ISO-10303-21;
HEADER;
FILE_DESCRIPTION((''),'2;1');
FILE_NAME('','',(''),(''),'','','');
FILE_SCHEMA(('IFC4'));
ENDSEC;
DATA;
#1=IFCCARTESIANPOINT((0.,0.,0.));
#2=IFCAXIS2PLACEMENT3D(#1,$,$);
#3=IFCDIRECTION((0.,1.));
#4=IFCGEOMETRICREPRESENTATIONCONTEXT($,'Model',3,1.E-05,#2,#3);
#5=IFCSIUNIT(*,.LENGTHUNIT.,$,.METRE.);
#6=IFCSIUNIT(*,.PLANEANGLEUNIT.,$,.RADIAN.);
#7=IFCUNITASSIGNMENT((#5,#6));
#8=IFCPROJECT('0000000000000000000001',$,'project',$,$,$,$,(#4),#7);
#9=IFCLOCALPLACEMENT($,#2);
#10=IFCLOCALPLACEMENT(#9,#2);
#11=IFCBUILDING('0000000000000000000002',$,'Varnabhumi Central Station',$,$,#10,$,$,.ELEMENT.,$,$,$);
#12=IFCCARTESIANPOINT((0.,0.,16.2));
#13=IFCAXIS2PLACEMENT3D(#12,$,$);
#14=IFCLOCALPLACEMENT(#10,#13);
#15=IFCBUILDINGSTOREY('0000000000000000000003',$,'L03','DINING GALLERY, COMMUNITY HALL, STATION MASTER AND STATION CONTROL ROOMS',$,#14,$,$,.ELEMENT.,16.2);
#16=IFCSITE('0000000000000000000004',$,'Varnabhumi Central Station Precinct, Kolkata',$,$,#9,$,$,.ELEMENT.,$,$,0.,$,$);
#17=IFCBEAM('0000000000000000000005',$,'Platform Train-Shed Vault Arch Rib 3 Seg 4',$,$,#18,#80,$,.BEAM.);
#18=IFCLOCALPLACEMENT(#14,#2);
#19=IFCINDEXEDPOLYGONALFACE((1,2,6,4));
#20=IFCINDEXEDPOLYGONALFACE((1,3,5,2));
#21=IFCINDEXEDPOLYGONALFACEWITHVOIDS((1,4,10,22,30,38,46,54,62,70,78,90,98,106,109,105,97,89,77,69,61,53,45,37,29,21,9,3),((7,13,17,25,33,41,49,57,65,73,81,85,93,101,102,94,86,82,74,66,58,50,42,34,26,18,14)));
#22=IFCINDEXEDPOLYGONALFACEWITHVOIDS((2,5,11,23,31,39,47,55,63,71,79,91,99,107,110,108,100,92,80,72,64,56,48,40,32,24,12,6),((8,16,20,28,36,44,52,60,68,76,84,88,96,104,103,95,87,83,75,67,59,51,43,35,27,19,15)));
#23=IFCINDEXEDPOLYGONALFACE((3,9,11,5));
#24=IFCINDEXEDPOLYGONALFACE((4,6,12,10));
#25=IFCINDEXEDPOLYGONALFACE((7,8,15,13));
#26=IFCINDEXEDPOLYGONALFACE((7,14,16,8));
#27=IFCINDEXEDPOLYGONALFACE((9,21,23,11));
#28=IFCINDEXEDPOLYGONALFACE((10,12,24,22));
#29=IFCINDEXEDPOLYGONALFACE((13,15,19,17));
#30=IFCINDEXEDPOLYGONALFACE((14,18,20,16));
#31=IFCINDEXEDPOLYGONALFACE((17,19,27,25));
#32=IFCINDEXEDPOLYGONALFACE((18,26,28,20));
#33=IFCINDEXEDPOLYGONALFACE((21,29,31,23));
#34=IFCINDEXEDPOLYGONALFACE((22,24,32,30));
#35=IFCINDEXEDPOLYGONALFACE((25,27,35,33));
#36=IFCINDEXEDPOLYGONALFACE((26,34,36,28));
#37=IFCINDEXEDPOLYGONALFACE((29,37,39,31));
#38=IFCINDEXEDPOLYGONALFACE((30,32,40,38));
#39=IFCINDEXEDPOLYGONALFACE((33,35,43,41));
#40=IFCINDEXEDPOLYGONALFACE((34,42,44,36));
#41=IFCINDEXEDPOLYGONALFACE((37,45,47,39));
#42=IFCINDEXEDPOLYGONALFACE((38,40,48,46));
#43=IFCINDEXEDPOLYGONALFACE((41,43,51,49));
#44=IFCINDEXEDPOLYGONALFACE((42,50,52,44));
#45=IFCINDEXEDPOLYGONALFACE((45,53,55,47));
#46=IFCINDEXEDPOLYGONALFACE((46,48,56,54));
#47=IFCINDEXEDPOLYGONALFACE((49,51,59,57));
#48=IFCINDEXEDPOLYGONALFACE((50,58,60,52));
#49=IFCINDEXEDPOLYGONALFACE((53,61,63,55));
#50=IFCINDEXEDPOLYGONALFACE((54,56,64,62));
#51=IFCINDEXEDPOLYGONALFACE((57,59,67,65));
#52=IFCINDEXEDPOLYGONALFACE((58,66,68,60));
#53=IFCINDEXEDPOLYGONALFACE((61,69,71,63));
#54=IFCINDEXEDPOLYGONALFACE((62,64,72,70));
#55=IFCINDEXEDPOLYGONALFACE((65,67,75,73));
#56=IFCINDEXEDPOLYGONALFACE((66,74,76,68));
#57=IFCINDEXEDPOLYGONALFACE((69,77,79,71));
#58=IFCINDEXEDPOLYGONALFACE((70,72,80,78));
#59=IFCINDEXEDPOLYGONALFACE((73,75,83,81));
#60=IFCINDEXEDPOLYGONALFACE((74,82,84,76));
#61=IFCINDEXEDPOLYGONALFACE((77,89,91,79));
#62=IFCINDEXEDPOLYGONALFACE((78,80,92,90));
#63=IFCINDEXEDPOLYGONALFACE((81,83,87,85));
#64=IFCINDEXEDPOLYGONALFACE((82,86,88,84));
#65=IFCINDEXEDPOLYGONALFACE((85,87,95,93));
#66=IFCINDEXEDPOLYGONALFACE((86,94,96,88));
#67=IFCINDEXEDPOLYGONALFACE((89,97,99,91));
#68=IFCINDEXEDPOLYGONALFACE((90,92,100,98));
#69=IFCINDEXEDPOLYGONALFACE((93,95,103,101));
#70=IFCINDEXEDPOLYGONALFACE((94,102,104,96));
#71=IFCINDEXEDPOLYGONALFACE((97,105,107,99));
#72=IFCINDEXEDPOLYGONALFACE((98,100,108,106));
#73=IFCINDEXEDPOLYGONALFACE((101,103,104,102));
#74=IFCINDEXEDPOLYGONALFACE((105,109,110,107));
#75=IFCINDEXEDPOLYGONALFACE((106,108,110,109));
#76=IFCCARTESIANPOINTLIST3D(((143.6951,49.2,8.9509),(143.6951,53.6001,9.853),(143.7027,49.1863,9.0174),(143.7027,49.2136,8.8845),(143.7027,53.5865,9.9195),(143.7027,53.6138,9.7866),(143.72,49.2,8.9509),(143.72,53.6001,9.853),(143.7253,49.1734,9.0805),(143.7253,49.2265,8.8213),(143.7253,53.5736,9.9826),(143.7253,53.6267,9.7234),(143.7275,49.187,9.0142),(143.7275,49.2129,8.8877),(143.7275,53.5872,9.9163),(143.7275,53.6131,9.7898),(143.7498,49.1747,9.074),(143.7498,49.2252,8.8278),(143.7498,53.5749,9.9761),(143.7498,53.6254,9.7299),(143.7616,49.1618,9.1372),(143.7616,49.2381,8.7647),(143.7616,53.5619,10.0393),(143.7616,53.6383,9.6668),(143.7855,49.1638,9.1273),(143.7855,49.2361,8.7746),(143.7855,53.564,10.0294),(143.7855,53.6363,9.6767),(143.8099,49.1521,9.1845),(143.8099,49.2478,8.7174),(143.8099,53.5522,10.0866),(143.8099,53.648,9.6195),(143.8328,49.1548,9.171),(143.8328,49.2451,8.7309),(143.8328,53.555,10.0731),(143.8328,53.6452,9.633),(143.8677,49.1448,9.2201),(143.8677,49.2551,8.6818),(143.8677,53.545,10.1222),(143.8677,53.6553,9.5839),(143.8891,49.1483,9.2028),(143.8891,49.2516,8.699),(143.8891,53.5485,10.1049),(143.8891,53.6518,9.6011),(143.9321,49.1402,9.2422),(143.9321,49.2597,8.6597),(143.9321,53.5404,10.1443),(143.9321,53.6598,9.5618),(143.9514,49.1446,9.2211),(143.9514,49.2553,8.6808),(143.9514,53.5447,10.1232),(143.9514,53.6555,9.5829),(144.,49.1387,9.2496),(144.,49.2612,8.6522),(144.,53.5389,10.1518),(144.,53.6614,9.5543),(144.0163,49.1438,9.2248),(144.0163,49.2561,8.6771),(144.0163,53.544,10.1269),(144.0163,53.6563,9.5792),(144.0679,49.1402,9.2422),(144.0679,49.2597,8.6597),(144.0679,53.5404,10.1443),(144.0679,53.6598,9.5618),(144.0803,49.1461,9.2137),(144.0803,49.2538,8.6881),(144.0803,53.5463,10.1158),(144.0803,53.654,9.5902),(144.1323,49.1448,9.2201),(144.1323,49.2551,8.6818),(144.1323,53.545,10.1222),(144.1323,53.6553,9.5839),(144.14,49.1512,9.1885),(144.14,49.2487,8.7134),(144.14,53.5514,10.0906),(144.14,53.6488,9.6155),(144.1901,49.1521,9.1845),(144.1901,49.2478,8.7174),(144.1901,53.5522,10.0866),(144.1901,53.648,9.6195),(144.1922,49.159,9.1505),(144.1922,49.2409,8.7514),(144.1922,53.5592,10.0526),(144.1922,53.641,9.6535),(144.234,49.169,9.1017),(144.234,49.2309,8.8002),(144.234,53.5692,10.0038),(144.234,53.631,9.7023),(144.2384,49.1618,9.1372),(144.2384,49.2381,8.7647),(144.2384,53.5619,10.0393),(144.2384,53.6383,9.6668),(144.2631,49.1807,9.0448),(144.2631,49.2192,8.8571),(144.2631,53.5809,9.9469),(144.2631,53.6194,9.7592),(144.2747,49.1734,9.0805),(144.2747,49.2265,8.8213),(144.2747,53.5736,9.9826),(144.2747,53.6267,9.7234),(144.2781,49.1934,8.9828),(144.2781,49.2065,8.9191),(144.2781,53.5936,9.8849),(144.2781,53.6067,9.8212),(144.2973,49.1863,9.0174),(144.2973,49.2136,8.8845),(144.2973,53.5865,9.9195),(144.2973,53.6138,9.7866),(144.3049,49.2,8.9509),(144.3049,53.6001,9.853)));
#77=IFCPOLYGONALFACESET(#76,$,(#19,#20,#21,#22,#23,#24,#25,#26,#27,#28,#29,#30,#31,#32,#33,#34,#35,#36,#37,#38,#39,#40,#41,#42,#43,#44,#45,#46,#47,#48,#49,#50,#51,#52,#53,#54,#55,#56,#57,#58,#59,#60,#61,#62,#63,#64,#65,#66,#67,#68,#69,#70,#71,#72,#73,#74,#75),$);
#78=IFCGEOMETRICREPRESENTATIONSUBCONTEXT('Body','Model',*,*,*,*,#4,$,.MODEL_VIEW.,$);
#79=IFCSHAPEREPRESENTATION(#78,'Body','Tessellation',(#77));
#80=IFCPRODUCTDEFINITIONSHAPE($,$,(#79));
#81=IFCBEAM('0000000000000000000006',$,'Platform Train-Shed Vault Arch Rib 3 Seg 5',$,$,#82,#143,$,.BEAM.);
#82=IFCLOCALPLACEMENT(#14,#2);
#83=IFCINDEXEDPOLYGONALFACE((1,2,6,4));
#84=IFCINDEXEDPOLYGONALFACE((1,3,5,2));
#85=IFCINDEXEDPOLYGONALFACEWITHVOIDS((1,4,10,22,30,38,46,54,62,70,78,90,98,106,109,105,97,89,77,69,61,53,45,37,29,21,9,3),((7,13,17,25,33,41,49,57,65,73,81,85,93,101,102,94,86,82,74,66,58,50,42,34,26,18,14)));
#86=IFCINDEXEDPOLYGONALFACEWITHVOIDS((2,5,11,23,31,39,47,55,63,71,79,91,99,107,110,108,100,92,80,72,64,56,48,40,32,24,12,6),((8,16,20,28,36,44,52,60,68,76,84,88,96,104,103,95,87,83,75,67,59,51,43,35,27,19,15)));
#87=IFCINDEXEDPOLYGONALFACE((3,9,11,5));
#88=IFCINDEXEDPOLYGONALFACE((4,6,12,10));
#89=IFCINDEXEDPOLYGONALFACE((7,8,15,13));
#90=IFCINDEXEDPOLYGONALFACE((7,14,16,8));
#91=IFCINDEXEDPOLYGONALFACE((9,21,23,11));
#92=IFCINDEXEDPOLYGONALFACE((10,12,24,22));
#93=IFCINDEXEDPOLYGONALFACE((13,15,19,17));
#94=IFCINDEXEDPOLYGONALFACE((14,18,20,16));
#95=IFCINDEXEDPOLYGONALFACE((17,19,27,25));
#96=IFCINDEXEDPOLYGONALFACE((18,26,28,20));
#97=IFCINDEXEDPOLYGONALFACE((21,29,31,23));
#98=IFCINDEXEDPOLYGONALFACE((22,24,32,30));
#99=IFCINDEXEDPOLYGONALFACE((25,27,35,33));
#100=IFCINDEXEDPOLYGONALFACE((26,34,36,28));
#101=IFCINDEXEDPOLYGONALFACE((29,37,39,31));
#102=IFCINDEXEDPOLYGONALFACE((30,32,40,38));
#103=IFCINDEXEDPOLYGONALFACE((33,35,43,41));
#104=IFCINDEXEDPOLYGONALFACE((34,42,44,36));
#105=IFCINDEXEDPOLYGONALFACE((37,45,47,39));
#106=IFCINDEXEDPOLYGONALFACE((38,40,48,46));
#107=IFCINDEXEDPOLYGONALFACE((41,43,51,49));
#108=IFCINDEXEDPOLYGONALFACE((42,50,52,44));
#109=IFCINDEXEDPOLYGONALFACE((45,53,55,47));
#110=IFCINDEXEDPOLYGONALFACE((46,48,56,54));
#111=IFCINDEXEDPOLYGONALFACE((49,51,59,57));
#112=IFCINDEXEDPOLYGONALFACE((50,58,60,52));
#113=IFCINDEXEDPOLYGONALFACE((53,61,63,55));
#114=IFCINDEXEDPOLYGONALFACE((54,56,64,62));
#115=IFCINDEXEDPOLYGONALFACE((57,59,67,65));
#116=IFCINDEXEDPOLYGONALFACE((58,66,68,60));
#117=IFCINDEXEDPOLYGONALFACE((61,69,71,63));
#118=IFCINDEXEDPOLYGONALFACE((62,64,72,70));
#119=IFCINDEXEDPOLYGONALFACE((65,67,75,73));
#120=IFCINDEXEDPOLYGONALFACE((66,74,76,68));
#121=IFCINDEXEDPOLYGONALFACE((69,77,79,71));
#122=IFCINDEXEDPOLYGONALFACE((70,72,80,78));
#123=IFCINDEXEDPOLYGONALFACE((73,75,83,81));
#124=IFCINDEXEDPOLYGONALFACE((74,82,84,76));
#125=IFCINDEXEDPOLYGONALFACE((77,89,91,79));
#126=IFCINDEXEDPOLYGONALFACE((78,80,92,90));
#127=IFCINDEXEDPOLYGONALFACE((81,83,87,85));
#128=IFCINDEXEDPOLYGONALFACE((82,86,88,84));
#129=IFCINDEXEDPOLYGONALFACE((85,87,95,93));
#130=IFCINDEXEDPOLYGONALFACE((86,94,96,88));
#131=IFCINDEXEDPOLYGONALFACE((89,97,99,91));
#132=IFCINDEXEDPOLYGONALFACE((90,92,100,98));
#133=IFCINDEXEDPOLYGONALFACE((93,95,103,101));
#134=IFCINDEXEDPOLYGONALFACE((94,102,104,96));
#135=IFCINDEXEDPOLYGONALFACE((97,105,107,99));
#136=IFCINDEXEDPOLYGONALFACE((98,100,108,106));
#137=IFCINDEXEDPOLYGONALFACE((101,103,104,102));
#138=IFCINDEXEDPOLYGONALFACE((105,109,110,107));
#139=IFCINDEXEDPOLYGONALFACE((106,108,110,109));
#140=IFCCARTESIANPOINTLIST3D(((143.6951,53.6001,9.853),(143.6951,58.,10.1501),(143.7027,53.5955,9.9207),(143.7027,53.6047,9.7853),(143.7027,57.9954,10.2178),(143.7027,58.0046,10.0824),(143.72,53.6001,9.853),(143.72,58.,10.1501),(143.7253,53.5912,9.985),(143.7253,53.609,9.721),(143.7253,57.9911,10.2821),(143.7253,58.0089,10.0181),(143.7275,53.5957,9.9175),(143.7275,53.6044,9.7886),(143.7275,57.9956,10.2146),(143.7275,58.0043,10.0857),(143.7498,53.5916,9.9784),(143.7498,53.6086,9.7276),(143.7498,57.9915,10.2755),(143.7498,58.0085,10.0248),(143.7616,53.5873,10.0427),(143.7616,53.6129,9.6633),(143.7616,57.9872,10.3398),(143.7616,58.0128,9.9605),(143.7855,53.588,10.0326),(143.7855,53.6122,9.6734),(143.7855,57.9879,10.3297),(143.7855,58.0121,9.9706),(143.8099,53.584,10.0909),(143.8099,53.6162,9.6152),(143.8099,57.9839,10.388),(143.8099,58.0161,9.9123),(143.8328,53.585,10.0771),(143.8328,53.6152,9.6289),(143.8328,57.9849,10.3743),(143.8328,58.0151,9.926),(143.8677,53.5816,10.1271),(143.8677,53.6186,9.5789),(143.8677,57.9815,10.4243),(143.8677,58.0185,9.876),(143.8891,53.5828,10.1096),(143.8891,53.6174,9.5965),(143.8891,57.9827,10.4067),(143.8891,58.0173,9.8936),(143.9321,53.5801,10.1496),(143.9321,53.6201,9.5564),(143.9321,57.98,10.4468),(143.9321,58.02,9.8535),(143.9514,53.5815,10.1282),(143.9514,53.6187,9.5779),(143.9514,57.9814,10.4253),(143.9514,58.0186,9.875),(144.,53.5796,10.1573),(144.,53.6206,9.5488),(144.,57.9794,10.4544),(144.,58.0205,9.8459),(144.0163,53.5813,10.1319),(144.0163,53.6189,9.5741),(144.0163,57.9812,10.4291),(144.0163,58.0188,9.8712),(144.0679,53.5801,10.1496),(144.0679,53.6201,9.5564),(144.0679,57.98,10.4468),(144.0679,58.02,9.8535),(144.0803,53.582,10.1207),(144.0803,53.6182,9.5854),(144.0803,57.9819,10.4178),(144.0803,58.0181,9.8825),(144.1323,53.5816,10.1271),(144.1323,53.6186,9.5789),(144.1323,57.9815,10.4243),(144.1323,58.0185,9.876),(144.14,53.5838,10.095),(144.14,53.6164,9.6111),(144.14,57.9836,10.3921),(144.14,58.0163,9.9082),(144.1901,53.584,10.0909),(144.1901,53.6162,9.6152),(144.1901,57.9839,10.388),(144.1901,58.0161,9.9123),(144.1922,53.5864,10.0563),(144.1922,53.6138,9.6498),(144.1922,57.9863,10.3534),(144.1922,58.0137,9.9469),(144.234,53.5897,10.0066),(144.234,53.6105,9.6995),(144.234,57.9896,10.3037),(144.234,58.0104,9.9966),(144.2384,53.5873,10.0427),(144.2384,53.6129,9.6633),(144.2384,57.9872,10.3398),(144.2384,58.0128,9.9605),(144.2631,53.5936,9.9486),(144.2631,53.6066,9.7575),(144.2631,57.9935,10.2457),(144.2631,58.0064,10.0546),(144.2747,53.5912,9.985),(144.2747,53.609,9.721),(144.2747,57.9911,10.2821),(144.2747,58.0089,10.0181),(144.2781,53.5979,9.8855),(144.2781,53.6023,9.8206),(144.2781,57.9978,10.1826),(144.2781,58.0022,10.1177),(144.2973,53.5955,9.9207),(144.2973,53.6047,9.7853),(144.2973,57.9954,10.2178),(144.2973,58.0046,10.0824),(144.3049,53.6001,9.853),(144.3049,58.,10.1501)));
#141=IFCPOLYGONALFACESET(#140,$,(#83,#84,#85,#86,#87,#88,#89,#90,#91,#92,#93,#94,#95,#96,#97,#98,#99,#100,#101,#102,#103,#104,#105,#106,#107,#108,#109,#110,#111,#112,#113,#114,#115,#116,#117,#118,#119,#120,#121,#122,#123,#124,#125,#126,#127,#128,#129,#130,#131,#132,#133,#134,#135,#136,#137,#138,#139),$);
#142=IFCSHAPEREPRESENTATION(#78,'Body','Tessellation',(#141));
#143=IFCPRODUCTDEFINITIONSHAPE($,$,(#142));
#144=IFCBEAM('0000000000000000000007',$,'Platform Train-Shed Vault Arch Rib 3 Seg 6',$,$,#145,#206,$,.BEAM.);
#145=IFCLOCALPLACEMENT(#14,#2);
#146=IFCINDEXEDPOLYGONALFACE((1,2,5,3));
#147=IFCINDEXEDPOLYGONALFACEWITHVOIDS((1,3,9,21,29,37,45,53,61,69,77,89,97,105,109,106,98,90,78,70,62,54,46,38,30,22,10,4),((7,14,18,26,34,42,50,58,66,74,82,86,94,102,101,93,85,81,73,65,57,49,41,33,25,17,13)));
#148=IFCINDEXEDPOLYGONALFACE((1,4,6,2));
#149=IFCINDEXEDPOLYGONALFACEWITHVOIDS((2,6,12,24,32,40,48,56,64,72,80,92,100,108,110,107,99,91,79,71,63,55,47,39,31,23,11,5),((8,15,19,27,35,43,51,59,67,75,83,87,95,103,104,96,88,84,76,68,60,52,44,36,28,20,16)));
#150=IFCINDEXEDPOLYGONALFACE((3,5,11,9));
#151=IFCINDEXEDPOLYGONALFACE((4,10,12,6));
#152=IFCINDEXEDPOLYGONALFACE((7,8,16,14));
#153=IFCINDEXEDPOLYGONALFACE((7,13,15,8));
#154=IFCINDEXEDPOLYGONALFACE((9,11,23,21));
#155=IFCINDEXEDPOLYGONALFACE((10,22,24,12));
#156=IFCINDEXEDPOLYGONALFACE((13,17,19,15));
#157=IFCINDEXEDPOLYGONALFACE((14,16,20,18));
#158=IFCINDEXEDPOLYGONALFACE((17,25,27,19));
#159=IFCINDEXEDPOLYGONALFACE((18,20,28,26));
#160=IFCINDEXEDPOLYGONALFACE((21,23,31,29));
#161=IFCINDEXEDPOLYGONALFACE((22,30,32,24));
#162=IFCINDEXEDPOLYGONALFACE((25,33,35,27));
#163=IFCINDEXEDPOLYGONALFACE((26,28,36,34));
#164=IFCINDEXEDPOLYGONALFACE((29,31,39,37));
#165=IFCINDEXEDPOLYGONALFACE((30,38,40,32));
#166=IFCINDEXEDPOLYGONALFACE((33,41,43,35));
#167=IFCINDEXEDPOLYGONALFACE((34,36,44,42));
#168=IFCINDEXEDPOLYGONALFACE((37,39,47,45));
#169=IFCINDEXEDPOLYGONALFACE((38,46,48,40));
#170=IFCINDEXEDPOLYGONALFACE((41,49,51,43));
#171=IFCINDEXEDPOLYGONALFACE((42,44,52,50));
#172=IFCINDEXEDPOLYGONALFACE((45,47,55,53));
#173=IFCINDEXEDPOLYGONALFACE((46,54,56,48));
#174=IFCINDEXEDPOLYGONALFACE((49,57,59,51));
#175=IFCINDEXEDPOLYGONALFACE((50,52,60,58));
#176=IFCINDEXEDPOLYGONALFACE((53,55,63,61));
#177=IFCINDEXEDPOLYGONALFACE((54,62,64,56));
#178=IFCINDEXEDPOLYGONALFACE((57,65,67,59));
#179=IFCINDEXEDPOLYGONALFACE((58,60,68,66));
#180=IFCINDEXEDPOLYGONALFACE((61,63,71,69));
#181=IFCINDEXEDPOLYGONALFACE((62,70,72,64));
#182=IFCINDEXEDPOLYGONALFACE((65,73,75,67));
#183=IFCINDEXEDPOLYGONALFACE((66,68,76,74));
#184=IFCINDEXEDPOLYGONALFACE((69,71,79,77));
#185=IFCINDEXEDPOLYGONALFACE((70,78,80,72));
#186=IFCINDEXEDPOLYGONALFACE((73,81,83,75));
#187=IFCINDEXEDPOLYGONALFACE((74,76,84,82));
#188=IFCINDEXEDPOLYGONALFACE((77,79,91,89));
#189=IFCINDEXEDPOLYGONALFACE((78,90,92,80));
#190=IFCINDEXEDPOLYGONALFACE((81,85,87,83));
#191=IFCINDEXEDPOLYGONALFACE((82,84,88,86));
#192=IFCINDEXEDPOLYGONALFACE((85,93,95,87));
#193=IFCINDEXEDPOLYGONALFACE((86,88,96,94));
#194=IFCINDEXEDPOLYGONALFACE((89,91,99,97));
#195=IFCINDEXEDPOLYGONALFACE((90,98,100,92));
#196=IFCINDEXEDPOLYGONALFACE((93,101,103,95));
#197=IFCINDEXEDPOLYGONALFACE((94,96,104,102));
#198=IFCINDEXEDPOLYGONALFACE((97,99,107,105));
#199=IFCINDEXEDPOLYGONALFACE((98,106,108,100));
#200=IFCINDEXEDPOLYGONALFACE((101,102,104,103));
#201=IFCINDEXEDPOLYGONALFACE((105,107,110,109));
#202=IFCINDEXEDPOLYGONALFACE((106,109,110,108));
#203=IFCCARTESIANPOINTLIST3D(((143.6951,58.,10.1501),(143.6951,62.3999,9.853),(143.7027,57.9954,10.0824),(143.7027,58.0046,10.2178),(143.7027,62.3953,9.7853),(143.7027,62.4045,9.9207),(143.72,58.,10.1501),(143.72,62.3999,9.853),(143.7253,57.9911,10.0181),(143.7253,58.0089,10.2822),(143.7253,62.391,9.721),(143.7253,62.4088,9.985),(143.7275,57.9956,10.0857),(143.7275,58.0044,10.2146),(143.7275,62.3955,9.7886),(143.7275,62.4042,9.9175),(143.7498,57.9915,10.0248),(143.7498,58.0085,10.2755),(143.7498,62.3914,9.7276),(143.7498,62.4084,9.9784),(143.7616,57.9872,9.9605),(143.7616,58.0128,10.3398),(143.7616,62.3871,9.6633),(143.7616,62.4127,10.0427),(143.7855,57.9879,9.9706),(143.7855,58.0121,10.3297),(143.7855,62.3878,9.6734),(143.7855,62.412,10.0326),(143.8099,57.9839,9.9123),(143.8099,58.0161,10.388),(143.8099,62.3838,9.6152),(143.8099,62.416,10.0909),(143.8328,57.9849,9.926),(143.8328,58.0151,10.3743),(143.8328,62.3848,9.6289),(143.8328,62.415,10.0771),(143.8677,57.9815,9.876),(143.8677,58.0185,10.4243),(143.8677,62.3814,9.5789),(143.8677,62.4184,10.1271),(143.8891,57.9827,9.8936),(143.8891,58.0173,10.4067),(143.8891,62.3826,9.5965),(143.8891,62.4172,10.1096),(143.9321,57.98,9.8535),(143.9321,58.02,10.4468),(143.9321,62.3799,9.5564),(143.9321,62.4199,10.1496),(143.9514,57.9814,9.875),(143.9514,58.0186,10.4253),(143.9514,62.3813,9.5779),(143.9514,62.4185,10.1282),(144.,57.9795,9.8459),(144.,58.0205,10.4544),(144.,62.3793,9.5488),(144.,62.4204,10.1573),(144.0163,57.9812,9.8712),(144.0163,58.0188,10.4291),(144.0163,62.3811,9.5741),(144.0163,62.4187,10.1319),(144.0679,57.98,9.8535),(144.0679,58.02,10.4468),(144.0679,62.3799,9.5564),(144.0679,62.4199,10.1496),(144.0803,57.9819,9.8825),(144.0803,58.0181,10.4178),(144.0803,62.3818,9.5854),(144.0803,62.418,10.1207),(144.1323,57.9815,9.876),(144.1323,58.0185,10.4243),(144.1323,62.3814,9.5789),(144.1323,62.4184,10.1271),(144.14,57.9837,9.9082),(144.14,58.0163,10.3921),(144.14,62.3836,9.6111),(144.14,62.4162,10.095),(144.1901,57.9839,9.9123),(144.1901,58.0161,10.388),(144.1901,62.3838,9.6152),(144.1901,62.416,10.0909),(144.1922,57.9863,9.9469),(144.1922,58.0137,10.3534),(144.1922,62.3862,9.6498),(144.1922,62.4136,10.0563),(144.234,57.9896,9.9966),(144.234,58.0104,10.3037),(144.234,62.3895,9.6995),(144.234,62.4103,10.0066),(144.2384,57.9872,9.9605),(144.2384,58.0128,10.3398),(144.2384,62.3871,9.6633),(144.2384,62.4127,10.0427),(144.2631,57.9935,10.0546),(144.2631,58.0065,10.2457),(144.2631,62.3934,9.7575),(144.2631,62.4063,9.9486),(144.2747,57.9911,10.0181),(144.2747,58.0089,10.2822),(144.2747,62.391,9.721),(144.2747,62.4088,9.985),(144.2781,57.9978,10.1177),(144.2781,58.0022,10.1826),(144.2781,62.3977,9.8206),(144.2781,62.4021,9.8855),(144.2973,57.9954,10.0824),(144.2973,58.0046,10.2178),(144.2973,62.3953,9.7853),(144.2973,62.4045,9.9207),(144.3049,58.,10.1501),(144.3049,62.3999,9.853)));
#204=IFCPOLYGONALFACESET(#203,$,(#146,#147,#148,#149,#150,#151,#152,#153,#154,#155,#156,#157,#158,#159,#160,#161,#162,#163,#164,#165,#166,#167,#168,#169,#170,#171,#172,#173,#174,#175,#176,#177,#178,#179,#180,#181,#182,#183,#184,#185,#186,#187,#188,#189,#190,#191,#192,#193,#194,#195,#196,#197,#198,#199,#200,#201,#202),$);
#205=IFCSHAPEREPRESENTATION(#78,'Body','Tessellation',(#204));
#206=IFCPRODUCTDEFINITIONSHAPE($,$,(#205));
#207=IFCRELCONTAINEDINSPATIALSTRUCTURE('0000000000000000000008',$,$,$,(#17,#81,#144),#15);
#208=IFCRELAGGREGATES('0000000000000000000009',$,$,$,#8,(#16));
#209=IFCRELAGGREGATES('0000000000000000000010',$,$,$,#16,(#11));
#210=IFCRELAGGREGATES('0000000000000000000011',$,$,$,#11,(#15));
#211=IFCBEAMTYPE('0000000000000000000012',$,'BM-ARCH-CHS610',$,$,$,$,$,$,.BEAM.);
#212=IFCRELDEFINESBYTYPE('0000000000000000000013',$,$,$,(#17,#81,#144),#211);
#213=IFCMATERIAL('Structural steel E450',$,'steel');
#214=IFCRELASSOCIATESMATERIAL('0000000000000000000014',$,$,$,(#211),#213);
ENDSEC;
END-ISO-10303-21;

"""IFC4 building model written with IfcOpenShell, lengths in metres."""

from ifc_helpers import new_model, si_unit, direction, frame, origin, origin_2d, place, context, subcontext, project, spatial, hollow_circle, extrude, material, material_profile, profile_set, type_object, element, save


model = new_model("IFC4")

# Units and contexts
model_context = context("Model", 3, precision=1e-05, world=origin(), true_north=direction((0.0, 1.0)))
body_context = subcontext(model_context, "Body", "Model", "MODEL_VIEW")
ifc_project = project(units=[si_unit("LENGTHUNIT", "METRE"), si_unit("PLANEANGLEUNIT", "RADIAN")], contexts=[model_context])

# Site, building, storey
site_placement = place(None, origin())
site = spatial("IfcSite", under=ifc_project, at=site_placement, Name="Varnabhumi Central Station Precinct, Kolkata", CompositionType="ELEMENT", RefElevation=0.0)
building_placement = place(site_placement, origin())
building = spatial("IfcBuilding", under=site, at=building_placement, Name="Varnabhumi Central Station", CompositionType="ELEMENT")
storey_placement = place(building_placement, frame((0.0, 0.0, 16.2)))
storey = spatial("IfcBuildingStorey", under=building, at=storey_placement, Name="L03", Description="DINING GALLERY, COMMUNITY HALL, STATION MASTER AND STATION CONTROL ROOMS", CompositionType="ELEMENT", Elevation=16.2)

# Beams
ifc_material_1 = material(Name="Structural steel E450", Category="steel")
ifc_material_profile_1 = material_profile(ifc_material_1, hollow_circle(Radius=0.3049, WallThickness=0.0249, at=origin_2d()), Name="Structural steel E450", Category="steel")
ifc_profile_set_1 = profile_set([ifc_material_profile_1], Name="Structural steel E450")
beam_type_1 = type_object("IfcBeamType", Name="BM-ARCH-CHS610", PredefinedType="BEAM", material=ifc_profile_set_1)
beam_1_placement = place(storey_placement, frame((144.0, 49.2, 8.9509), z_axis=(0.0, 0.979624, 0.200838), x_axis=(-1.0, 0.0, 0.0)))
element("IfcBeam", 1, at=beam_1_placement, inside=storey, type_object=beam_type_1, Name="Platform Train-Shed Vault Arch Rib 3 Seg 4", PredefinedType="BEAM", context=body_context, shape_type="SweptSolid", body=[
    extrude(hollow_circle(Radius=0.3049, WallThickness=0.0249, at=origin_2d()), origin(), (0.0, 0.0, 1.0), 4.4917),
])
for number, where, z_axis, x_axis, name in (
    (2, (144.0, 53.6001, 9.853), (0.0, 0.997728, 0.067375), (-1.0, 0.0, 0.0), "Platform Train-Shed Vault Arch Rib 3 Seg 5"),
    (3, (144.0, 58.0, 10.1501), (0.0, 0.997728, -0.067375), (-1.0, 0.0, 0.0), "Platform Train-Shed Vault Arch Rib 3 Seg 6"),
):
    element("IfcBeam", number, at=place(storey_placement, frame(where, z_axis=z_axis, x_axis=x_axis)), inside=storey, type_object=beam_type_1, Name=name, PredefinedType="BEAM", context=body_context, shape_type="SweptSolid", body=[
        extrude(hollow_circle(Radius=0.3049, WallThickness=0.0249, at=origin_2d()), origin(), (0.0, 0.0, 1.0), 4.4099),
    ])

save(model, "model.ifc")
